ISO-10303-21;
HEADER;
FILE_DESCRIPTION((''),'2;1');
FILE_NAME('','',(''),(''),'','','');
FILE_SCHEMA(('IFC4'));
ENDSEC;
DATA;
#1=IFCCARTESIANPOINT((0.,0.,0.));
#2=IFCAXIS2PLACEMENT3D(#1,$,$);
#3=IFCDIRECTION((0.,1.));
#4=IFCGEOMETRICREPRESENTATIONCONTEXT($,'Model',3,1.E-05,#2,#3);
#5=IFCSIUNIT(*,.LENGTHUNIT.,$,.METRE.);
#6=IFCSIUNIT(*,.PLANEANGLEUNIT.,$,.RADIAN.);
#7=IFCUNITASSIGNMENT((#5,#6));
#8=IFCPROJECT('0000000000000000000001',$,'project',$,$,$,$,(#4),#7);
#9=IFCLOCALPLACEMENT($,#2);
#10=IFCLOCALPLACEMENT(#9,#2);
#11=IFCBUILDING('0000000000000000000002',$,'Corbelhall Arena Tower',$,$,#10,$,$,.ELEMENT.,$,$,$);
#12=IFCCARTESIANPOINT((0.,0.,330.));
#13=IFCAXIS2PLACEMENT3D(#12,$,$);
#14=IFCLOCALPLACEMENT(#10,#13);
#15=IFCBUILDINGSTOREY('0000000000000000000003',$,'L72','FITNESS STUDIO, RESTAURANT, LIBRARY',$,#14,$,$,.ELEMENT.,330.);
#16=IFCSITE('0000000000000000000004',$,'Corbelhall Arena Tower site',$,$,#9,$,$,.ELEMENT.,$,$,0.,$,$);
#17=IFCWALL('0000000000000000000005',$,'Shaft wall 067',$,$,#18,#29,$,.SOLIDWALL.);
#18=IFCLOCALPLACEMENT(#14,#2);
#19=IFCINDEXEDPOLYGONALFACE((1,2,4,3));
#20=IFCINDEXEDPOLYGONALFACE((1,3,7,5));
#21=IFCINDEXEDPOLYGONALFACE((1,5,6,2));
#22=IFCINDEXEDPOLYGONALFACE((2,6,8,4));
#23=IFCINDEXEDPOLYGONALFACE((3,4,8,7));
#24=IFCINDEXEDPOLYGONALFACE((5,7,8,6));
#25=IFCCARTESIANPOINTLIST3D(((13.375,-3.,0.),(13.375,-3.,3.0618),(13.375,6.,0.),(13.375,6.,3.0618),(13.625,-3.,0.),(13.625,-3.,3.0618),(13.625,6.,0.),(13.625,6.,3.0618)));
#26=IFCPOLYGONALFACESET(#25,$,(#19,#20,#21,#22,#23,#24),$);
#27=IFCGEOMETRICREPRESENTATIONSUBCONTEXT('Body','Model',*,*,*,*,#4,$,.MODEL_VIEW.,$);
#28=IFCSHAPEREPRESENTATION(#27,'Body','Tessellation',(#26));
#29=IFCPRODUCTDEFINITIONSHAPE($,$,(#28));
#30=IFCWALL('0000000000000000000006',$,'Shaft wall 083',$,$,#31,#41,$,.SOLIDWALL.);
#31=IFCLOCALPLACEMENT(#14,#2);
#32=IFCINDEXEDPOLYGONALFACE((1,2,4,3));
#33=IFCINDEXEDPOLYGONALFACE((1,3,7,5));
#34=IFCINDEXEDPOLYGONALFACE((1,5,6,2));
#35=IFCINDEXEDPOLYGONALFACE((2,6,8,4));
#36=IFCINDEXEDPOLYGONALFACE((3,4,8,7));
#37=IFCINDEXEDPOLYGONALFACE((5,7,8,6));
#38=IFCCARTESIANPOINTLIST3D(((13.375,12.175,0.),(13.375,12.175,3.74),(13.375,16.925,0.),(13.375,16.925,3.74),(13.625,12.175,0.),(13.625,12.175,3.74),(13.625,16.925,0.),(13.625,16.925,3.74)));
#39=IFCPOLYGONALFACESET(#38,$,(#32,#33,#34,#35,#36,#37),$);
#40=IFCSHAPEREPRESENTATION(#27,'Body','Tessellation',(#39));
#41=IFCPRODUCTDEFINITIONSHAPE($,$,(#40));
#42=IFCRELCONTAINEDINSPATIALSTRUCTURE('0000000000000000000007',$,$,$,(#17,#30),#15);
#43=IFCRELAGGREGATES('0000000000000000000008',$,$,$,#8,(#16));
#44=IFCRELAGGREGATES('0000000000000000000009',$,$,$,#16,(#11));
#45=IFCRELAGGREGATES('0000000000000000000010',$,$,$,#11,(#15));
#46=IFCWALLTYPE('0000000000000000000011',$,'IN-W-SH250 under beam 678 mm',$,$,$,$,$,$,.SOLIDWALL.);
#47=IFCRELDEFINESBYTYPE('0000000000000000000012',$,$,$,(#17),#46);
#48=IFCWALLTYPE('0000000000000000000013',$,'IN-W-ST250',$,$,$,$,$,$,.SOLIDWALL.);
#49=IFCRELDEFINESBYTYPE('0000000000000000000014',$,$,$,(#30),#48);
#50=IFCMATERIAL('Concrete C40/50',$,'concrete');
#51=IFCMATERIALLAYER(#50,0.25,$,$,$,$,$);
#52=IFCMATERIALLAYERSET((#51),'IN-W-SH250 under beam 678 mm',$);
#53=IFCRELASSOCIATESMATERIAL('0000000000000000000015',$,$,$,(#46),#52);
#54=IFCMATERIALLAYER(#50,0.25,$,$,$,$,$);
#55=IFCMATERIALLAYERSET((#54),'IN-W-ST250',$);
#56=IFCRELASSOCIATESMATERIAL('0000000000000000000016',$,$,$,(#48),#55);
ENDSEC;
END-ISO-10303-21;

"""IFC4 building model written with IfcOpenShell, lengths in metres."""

from ifc_helpers import new_model, si_unit, direction, frame, frame_2d, origin, place, context, subcontext, project, spatial, rectangle, extrude, material, layer, layer_set, type_object, element, save


model = new_model("IFC4")

# Units and contexts
model_context = context("Model", 3, precision=1e-05, world=origin(), true_north=direction((0.0, 1.0)))
body_context = subcontext(model_context, "Body", "Model", "MODEL_VIEW")
ifc_project = project(units=[si_unit("LENGTHUNIT", "METRE"), si_unit("PLANEANGLEUNIT", "RADIAN")], contexts=[model_context])

# Site, building, storey
site_placement = place(None, origin())
site = spatial("IfcSite", under=ifc_project, at=site_placement, Name="Corbelhall Arena Tower site", CompositionType="ELEMENT", RefElevation=0.0)
building_placement = place(site_placement, origin())
building = spatial("IfcBuilding", under=site, at=building_placement, Name="Corbelhall Arena Tower", CompositionType="ELEMENT")
storey_placement = place(building_placement, frame((0.0, 0.0, 330.0)))
storey = spatial("IfcBuildingStorey", under=building, at=storey_placement, Name="L72", Description="FITNESS STUDIO, RESTAURANT, LIBRARY", CompositionType="ELEMENT", Elevation=330.0)

# Walls
ifc_material_1 = material(Name="Concrete C40/50", Category="concrete")
ifc_layer_1 = layer(ifc_material_1, 0.25)
ifc_layer_set_1 = layer_set([ifc_layer_1], Name="IN-W-SH250 under beam 678 mm")
wall_type_1 = type_object("IfcWallType", Name="IN-W-SH250 under beam 678 mm", PredefinedType="SOLIDWALL", material=ifc_layer_set_1)
wall_1_placement = place(storey_placement, frame((13.5, 6.0, 0.0), z_axis=(0.0, 0.0, 1.0), x_axis=(0.0, -1.0, 0.0)))
element("IfcWall", 1, at=wall_1_placement, inside=storey, type_object=wall_type_1, Name="Shaft wall 067", PredefinedType="SOLIDWALL", context=body_context, shape_type="SweptSolid", body=[
    extrude(rectangle(XDim=9.0, YDim=0.25, at=frame_2d((4.5, 0.0))), origin(), (0.0, 0.0, 1.0), 3.0618),
])
ifc_layer_2 = layer(ifc_material_1, 0.25)
ifc_layer_set_2 = layer_set([ifc_layer_2], Name="IN-W-ST250")
wall_type_2 = type_object("IfcWallType", Name="IN-W-ST250", PredefinedType="SOLIDWALL", material=ifc_layer_set_2)
wall_2_placement = place(storey_placement, frame((13.5, 12.175, 0.0), z_axis=(0.0, 0.0, 1.0), x_axis=(0.0, 1.0, 0.0)))
element("IfcWall", 2, at=wall_2_placement, inside=storey, type_object=wall_type_2, Name="Shaft wall 083", PredefinedType="SOLIDWALL", context=body_context, shape_type="SweptSolid", body=[
    extrude(rectangle(XDim=4.75, YDim=0.25, at=frame_2d((2.375, 0.0))), origin(), (0.0, 0.0, 1.0), 3.74),
])

save(model, "model.ifc")
